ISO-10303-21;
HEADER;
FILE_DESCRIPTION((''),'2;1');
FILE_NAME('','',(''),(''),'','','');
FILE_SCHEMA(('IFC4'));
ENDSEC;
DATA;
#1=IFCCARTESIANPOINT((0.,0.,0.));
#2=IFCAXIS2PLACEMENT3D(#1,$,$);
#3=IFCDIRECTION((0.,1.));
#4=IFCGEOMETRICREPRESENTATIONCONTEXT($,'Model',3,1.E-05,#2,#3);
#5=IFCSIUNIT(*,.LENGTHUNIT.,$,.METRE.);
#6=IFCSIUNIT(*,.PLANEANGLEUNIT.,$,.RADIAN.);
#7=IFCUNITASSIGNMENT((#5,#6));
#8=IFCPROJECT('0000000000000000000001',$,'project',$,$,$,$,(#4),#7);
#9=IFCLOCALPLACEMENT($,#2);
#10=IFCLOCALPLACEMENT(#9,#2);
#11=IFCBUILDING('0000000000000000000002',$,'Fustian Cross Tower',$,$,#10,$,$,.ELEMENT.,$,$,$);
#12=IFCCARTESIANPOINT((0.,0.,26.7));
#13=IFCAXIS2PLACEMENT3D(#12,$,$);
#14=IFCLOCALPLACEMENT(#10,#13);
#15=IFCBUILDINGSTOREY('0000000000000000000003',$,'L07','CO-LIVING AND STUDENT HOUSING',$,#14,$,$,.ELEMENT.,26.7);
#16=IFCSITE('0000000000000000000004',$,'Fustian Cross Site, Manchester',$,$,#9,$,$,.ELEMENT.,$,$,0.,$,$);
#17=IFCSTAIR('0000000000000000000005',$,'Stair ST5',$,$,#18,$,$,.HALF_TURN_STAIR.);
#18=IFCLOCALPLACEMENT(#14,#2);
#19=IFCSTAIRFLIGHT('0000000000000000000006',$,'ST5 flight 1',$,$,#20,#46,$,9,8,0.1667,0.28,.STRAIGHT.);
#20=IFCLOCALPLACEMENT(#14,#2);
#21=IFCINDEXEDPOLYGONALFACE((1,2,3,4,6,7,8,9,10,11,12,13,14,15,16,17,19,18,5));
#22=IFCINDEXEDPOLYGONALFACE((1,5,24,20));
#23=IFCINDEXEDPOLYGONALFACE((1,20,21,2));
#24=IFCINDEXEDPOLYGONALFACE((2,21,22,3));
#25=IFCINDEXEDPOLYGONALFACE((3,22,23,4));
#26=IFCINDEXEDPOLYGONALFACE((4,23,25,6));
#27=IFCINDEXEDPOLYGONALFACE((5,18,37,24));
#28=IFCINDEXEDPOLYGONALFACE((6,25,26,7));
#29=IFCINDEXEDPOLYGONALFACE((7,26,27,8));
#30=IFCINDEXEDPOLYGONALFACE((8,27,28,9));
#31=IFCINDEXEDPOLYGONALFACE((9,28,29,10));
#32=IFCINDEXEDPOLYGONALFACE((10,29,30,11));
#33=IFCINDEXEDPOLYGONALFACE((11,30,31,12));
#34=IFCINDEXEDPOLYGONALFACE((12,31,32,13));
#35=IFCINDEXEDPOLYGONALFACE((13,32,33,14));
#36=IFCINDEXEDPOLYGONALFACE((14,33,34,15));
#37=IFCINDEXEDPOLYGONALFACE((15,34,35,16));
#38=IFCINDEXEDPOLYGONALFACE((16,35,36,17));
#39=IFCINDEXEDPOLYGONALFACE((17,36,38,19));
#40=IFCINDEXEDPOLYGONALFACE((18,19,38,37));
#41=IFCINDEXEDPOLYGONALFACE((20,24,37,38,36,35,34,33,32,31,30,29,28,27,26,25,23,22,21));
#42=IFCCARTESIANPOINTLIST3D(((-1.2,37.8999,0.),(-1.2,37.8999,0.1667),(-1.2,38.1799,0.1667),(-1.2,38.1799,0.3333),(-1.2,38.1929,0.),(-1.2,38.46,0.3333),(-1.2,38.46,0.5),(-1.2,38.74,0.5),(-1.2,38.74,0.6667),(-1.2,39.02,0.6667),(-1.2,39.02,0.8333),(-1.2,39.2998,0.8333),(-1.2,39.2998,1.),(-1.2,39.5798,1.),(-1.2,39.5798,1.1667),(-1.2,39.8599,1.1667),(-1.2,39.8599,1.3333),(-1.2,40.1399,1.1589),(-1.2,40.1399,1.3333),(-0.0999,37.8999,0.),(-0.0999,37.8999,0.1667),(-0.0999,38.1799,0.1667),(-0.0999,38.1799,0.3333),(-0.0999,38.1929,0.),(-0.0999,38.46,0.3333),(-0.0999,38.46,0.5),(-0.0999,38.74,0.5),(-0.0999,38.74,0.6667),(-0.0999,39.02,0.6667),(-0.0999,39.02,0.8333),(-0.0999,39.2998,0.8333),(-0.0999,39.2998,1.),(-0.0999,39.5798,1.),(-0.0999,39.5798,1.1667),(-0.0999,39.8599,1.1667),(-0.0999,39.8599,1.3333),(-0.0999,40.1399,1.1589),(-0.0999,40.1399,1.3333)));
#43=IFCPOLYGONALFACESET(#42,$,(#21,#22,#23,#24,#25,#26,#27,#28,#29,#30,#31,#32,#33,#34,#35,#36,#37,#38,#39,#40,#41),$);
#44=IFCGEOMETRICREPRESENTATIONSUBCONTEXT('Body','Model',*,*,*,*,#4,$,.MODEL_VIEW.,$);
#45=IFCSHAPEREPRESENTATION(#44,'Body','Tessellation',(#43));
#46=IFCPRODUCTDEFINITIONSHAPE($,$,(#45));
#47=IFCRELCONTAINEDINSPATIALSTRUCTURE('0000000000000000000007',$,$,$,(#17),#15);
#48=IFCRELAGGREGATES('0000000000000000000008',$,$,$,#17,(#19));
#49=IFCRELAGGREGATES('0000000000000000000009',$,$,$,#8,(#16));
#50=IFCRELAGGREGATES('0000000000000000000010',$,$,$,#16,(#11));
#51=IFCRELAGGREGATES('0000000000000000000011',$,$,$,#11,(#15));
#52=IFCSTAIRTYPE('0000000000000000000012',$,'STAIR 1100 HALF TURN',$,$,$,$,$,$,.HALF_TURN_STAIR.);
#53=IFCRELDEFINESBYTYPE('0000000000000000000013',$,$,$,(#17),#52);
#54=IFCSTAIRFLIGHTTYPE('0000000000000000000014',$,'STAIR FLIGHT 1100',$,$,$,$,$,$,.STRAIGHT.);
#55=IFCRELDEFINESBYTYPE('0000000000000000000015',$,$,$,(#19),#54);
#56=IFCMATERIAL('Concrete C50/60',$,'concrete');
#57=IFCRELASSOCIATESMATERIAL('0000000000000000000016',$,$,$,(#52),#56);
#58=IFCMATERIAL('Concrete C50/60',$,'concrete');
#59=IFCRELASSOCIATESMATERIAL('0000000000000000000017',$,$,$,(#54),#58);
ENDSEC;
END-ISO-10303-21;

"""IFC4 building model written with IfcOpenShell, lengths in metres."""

from ifc_helpers import new_model, si_unit, direction, frame, origin, place, context, subcontext, project, spatial, polyline, outline, extrude, material, type_object, element, aggregate, save


model = new_model("IFC4")

# Units and contexts
model_context = context("Model", 3, precision=1e-05, world=origin(), true_north=direction((0.0, 1.0)))
body_context = subcontext(model_context, "Body", "Model", "MODEL_VIEW")
ifc_project = project(units=[si_unit("LENGTHUNIT", "METRE"), si_unit("PLANEANGLEUNIT", "RADIAN")], contexts=[model_context])

# Site, building, storey
site_placement = place(None, origin())
site = spatial("IfcSite", under=ifc_project, at=site_placement, Name="Fustian Cross Site, Manchester", CompositionType="ELEMENT", RefElevation=0.0)
building_placement = place(site_placement, origin())
building = spatial("IfcBuilding", under=site, at=building_placement, Name="Fustian Cross Tower", CompositionType="ELEMENT")
storey_placement = place(building_placement, frame((0.0, 0.0, 26.7)))
storey = spatial("IfcBuildingStorey", under=building, at=storey_placement, Name="L07", Description="CO-LIVING AND STUDENT HOUSING", CompositionType="ELEMENT", Elevation=26.7)

# Stair, stair flight
ifc_material_1 = material(Name="Concrete C50/60", Category="concrete")
stair_type = type_object("IfcStairType", Name="STAIR 1100 HALF TURN", PredefinedType="HALF_TURN_STAIR", material=ifc_material_1)
stair_placement = place(storey_placement, origin())
stair = element("IfcStair", 1, at=stair_placement, inside=storey, type_object=stair_type, Name="Stair ST5", PredefinedType="HALF_TURN_STAIR")
ifc_material_2 = material(Name="Concrete C50/60", Category="concrete")
stair_flight_type = type_object("IfcStairFlightType", Name="STAIR FLIGHT 1100", PredefinedType="STRAIGHT", material=ifc_material_2)
stair_flight_placement = place(storey_placement, frame((-0.6499, 37.8999, 0.0), z_axis=(0.0, 0.0, 1.0), x_axis=(0.0, 1.0, 0.0)))
stair_flight = element("IfcStairFlight", 2, at=stair_flight_placement, type_object=stair_flight_type, Name="ST5 flight 1", NumberOfRisers=9, NumberOfTreads=8, PredefinedType="STRAIGHT", RiserHeight=0.1667, TreadLength=0.28, context=body_context, shape_type="SweptSolid", body=[
    extrude(outline(polyline([(0.0, 0.0), (0.0, 0.1667), (0.28, 0.1667), (0.28, 0.3333), (0.5601, 0.3333), (0.5601, 0.5), (0.8401, 0.5), (0.8401, 0.6667), (1.1201, 0.6667), (1.1201, 0.8333), (1.3999, 0.8333), (1.3999, 1.0), (1.6799, 1.0), (1.6799, 1.1667), (1.96, 1.1667), (1.96, 1.3333), (2.24, 1.3333), (2.24, 1.5), (2.24, 1.1589), (0.293, 0.0), (0.0, 0.0)])), frame((0.0, 0.55, 0.0), z_axis=(0.0, -1.0, 0.0), x_axis=(1.0, 0.0, 0.0)), (0.0, 0.0, 1.0), 1.1001),
])
aggregate(stair, [stair_flight])

save(model, "model.ifc")
